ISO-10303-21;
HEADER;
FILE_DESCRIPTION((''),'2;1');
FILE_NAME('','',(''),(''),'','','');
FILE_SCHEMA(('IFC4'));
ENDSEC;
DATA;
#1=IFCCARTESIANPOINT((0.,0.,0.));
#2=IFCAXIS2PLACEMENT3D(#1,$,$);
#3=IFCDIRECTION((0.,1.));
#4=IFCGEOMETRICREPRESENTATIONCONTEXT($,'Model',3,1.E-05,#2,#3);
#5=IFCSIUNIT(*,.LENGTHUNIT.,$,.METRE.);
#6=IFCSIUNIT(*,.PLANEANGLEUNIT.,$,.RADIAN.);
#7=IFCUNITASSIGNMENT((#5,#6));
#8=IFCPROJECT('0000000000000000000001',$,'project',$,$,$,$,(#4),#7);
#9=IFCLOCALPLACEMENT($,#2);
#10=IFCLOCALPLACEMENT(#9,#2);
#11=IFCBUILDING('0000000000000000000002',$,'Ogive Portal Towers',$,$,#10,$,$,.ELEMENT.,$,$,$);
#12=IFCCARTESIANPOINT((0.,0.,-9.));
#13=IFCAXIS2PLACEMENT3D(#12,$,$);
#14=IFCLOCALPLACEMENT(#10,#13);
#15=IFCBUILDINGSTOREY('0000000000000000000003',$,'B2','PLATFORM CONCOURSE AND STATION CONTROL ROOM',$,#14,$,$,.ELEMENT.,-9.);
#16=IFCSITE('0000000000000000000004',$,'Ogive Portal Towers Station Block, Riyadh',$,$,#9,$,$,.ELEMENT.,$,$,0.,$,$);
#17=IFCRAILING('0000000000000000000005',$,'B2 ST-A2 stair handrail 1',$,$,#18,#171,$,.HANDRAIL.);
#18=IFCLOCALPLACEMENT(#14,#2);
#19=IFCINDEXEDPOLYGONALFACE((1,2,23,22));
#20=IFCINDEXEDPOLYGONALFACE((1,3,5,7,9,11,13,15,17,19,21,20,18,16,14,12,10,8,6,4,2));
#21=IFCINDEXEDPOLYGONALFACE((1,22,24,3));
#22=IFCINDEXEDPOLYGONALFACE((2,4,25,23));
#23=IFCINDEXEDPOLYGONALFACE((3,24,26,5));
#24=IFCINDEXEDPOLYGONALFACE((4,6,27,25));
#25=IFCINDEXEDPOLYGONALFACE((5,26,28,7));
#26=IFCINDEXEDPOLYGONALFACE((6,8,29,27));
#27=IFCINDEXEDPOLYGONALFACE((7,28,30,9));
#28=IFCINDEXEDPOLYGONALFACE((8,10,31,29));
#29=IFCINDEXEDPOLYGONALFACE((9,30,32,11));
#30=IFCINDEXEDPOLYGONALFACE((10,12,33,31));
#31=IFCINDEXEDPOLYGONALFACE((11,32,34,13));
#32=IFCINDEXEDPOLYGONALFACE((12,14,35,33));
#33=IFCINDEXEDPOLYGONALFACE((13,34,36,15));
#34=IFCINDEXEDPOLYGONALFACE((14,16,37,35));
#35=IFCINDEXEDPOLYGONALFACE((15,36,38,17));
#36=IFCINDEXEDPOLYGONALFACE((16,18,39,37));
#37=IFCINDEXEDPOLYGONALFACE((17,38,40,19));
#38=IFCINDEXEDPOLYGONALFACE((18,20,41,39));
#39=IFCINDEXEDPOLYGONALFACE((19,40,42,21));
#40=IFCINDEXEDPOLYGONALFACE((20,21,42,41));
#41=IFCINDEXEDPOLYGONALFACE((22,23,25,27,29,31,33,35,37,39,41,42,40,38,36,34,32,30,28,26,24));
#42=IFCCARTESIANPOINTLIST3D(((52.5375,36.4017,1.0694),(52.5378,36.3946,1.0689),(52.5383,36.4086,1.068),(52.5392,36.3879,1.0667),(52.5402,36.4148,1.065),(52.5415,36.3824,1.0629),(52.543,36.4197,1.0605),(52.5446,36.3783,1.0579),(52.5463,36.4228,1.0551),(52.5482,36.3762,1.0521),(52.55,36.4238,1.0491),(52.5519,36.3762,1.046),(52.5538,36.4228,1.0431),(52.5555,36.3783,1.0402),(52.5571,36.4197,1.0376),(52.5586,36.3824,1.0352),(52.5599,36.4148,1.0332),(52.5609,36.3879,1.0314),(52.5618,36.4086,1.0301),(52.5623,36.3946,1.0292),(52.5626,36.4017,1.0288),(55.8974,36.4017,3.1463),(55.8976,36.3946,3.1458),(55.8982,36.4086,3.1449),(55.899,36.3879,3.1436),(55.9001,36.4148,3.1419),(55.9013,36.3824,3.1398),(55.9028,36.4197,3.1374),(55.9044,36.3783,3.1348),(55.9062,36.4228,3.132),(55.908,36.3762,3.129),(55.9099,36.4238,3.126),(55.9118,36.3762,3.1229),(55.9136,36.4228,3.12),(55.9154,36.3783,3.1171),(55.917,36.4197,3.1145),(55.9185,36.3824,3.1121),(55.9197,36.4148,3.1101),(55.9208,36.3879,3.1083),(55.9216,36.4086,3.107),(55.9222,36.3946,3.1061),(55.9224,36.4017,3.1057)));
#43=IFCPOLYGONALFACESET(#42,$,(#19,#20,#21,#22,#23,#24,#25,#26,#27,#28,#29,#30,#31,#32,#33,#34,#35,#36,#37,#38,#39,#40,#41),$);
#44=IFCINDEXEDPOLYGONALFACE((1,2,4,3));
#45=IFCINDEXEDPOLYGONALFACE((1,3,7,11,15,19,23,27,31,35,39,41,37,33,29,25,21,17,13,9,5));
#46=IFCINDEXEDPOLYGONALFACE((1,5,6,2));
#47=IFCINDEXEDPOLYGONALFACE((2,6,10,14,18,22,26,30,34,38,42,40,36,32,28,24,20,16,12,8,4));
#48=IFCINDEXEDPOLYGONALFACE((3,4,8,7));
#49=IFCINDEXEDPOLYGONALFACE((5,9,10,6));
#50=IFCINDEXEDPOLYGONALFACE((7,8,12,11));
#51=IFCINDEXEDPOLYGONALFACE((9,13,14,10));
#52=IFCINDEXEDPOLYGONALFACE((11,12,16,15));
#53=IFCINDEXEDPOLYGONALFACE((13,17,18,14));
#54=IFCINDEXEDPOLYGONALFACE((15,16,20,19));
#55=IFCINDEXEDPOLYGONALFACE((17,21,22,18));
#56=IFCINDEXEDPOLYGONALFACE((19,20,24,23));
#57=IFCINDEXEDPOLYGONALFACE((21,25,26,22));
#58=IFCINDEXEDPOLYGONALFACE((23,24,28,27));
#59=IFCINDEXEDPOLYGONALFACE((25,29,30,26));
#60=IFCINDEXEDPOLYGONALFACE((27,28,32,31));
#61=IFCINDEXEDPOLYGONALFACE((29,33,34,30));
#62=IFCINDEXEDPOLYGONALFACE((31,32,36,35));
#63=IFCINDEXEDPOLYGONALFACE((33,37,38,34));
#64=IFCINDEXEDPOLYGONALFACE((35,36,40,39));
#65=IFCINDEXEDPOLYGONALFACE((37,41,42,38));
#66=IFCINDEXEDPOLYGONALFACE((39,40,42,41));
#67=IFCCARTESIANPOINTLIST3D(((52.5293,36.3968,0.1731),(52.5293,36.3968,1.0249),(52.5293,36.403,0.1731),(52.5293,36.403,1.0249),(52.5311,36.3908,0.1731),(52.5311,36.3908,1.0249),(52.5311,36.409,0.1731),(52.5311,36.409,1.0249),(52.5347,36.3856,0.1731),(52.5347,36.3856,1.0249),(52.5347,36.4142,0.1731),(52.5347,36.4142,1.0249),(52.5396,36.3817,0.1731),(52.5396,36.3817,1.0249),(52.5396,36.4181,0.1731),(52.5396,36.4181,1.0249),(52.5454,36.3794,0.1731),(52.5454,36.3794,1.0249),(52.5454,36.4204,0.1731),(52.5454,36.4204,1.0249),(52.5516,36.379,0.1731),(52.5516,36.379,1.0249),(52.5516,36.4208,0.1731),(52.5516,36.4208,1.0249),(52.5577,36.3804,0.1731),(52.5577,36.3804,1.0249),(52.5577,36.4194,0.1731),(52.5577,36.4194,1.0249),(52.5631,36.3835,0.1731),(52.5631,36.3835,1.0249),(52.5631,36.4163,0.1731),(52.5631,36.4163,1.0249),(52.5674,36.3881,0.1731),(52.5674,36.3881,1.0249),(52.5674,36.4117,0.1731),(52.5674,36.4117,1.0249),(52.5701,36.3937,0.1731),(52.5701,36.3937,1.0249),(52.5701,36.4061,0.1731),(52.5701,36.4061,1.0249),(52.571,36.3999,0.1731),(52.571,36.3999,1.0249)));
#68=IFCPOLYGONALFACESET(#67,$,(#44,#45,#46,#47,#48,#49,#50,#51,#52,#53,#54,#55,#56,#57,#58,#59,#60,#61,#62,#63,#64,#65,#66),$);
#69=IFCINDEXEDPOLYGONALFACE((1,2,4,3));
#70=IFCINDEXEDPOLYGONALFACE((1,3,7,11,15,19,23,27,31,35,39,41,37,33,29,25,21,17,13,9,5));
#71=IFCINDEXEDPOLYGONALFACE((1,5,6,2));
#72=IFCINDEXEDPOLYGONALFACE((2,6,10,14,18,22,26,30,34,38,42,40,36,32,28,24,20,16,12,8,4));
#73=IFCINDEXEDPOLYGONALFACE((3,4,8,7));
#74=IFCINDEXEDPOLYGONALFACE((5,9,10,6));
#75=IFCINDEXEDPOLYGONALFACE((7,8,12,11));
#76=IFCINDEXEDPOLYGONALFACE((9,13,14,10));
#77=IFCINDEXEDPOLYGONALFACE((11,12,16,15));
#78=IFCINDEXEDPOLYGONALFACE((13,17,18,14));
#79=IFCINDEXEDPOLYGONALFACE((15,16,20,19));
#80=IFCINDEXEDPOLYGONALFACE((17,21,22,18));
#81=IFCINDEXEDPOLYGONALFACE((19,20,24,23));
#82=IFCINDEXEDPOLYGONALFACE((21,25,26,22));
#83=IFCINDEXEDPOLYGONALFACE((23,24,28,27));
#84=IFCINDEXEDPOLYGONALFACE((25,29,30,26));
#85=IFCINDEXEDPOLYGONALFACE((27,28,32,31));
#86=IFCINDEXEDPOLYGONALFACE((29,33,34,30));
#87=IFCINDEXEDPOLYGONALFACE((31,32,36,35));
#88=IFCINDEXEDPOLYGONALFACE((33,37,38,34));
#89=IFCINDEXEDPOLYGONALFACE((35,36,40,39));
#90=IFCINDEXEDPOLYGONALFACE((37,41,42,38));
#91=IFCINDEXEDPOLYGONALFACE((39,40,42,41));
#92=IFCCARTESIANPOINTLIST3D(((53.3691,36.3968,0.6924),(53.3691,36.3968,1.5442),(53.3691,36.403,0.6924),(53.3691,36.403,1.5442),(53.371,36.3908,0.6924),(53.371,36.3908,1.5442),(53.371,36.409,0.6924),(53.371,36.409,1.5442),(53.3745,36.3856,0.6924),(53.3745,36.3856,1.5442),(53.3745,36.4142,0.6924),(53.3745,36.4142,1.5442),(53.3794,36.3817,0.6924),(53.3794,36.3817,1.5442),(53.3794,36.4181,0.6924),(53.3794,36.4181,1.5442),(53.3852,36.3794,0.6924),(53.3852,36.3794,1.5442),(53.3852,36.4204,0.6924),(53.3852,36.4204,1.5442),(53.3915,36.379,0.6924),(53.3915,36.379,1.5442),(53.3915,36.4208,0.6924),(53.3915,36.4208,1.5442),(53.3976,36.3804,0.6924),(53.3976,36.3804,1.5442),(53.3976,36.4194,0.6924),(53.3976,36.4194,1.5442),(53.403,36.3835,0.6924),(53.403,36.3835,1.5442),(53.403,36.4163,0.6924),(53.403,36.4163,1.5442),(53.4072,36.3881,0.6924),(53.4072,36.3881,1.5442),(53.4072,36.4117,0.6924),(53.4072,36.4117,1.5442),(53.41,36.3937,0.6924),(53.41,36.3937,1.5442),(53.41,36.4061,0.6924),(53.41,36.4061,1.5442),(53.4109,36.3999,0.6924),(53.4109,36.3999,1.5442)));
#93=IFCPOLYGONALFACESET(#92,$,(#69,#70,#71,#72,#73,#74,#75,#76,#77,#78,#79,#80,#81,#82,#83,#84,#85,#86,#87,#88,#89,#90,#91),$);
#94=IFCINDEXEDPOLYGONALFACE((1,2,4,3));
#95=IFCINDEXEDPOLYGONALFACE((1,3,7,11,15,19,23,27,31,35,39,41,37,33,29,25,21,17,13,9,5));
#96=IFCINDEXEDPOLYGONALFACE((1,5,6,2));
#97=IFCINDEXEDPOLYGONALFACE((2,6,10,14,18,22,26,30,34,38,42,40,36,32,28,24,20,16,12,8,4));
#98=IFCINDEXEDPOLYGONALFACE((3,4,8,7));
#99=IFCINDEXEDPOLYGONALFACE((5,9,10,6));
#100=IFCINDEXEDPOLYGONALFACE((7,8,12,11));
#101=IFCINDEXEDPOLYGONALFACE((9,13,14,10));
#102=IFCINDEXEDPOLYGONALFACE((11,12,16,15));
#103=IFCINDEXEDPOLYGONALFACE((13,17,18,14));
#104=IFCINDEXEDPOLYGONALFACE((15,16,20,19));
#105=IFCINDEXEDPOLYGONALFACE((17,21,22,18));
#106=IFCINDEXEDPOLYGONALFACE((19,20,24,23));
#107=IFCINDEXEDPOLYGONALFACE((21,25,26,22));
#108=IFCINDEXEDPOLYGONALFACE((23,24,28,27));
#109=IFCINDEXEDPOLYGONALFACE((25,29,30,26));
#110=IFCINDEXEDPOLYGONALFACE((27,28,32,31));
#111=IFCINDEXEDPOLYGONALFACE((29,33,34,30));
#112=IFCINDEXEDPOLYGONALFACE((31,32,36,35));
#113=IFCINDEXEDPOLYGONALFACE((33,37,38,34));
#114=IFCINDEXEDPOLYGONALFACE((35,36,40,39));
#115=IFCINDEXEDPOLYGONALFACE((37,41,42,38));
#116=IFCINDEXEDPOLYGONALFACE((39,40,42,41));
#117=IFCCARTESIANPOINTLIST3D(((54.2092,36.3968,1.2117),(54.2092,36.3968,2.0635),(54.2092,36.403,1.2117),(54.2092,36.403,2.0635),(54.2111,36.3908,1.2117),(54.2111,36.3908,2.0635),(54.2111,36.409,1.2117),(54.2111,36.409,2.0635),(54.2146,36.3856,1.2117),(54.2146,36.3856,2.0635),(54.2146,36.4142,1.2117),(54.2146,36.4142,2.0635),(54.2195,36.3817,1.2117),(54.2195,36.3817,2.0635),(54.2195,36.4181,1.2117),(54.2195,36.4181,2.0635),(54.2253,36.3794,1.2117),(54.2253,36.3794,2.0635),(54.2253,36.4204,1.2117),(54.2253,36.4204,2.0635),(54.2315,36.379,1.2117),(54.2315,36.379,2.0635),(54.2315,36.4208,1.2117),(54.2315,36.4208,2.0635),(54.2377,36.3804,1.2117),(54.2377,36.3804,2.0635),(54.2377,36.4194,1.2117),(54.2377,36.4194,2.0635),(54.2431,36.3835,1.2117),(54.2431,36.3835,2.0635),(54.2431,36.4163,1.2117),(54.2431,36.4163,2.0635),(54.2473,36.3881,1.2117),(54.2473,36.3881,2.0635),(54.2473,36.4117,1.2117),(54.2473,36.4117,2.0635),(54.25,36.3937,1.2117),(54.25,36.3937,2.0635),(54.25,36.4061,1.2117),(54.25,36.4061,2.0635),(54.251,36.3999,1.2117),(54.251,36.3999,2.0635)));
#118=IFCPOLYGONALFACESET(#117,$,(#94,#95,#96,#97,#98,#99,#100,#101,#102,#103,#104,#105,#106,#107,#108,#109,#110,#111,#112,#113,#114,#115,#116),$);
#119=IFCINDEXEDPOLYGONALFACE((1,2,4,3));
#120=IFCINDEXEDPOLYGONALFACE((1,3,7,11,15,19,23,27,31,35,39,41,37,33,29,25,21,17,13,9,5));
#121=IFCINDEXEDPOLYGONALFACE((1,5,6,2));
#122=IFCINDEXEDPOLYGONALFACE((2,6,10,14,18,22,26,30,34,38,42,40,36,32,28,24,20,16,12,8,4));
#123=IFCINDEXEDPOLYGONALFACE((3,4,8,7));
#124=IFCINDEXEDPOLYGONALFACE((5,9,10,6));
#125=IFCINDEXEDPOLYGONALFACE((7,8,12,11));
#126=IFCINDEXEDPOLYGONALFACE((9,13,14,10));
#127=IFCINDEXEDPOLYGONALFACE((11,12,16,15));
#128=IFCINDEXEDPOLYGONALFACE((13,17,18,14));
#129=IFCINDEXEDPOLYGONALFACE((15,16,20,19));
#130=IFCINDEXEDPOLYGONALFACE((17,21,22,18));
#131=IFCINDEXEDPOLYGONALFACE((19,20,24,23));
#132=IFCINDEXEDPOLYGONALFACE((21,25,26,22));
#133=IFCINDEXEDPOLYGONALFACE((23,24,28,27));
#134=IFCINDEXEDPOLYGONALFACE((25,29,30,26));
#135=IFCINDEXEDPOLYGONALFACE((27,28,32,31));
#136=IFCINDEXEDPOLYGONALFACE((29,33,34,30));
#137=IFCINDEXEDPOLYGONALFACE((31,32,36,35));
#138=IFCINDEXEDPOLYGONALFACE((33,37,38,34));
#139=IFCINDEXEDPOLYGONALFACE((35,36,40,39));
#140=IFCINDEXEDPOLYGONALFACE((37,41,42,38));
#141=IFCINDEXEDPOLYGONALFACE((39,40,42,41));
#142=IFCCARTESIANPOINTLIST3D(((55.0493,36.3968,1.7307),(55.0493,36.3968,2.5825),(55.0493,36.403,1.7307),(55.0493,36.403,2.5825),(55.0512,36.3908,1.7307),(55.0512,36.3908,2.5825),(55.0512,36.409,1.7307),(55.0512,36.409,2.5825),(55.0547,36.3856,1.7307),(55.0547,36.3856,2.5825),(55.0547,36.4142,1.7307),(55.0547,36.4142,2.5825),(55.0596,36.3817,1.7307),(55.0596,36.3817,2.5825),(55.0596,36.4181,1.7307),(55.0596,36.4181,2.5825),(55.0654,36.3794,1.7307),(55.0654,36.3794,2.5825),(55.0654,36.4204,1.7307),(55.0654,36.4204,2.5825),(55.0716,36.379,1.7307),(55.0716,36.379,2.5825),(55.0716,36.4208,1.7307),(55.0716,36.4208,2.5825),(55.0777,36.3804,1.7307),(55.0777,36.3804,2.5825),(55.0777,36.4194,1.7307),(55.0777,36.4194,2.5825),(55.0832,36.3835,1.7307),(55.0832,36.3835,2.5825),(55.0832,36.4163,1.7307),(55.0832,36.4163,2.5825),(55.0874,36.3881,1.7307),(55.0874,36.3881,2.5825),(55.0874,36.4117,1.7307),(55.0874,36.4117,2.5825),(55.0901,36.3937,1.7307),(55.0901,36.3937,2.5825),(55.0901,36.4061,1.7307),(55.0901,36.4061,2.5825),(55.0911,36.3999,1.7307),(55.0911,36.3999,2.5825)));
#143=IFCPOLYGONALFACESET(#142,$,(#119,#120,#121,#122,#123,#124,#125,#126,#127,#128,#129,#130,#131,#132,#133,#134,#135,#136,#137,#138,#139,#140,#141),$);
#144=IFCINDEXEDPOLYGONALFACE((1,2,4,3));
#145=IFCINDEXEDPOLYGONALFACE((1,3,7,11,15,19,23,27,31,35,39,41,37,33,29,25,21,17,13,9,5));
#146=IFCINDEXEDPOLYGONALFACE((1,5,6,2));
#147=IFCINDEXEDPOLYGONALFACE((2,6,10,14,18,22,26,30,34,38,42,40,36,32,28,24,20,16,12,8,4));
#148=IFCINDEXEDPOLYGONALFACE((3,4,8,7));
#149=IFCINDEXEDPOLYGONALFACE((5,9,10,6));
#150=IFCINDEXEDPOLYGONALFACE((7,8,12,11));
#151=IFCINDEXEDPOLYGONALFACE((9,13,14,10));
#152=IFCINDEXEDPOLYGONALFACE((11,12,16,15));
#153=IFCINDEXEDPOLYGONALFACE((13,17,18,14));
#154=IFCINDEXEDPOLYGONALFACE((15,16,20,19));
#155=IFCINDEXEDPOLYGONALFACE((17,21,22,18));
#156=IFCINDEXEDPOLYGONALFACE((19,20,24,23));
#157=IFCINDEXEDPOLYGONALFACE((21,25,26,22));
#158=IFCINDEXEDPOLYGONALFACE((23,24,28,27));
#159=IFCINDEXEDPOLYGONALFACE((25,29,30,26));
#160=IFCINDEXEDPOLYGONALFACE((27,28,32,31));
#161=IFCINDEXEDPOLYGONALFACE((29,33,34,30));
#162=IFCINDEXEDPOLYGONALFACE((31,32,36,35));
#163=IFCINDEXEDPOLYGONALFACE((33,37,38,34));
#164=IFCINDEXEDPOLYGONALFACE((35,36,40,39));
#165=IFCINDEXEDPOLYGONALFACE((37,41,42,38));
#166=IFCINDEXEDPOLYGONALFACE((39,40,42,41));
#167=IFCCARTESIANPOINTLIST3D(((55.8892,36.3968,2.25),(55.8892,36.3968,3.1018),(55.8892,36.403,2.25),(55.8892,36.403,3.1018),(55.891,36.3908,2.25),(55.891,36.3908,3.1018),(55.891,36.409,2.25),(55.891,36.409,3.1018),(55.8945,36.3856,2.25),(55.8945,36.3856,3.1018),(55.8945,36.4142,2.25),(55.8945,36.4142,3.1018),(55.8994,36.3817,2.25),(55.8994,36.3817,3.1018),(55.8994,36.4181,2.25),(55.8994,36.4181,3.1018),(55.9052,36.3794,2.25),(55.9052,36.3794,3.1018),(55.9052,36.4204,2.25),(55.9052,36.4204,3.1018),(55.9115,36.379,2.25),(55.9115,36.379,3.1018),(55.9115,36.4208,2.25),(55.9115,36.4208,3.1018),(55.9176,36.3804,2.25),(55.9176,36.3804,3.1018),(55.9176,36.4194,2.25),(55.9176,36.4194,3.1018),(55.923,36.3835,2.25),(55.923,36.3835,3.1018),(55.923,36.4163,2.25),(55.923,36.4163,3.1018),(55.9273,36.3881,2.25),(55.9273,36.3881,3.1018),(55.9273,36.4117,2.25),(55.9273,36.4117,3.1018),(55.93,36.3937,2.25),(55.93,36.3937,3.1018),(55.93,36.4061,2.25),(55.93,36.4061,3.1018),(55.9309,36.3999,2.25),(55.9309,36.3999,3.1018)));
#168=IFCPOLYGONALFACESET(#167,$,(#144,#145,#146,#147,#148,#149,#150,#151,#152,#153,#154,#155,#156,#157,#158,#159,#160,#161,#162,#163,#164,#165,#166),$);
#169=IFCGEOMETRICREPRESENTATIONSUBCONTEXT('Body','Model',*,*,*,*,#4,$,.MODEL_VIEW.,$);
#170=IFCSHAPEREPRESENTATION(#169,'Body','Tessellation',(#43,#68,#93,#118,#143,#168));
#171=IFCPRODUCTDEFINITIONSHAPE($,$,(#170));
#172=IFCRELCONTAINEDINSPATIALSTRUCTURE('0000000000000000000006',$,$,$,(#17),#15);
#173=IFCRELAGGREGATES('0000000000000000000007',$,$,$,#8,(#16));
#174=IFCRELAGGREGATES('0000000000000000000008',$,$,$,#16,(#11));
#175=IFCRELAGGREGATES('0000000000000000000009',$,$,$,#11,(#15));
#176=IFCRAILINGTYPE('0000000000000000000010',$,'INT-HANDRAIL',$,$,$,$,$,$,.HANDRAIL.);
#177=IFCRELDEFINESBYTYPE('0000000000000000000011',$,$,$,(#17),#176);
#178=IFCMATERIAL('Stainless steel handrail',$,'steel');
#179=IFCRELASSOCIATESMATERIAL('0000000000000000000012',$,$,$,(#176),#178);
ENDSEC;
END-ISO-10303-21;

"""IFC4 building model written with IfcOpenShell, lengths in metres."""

from ifc_helpers import new_model, si_unit, direction, frame, origin, origin_2d, place, context, subcontext, project, spatial, circle, extrude, material, type_object, element, save


model = new_model("IFC4")

# Units and contexts
model_context = context("Model", 3, precision=1e-05, world=origin(), true_north=direction((0.0, 1.0)))
body_context = subcontext(model_context, "Body", "Model", "MODEL_VIEW")
ifc_project = project(units=[si_unit("LENGTHUNIT", "METRE"), si_unit("PLANEANGLEUNIT", "RADIAN")], contexts=[model_context])

# Site, building, storey
site_placement = place(None, origin())
site = spatial("IfcSite", under=ifc_project, at=site_placement, Name="Ogive Portal Towers Station Block, Riyadh", CompositionType="ELEMENT", RefElevation=0.0)
building_placement = place(site_placement, origin())
building = spatial("IfcBuilding", under=site, at=building_placement, Name="Ogive Portal Towers", CompositionType="ELEMENT")
storey_placement = place(building_placement, frame((0.0, 0.0, -9.0)))
storey = spatial("IfcBuildingStorey", under=building, at=storey_placement, Name="B2", Description="PLATFORM CONCOURSE AND STATION CONTROL ROOM", CompositionType="ELEMENT", Elevation=-9.0)

# Railing
ifc_material_1 = material(Name="Stainless steel handrail", Category="steel")
railing_type_1 = type_object("IfcRailingType", Name="INT-HANDRAIL", PredefinedType="HANDRAIL", material=ifc_material_1)
railing_1_placement = place(storey_placement, frame((52.55, 36.3999, 0.1731)))
element("IfcRailing", 1, at=railing_1_placement, inside=storey, type_object=railing_type_1, Name="B2 ST-A2 stair handrail 1", PredefinedType="HANDRAIL", context=body_context, shape_type="SweptSolid", body=[
    extrude(circle(Radius=0.0239, at=origin_2d()), frame((0.0, 0.0, 0.876), z_axis=(0.850606, 0.0, 0.525803), x_axis=(0.0, 1.0, 0.0)), (0.0, 0.0, 1.0), 3.95),
    extrude(circle(Radius=0.021, at=origin_2d()), origin(), (0.0, 0.0, 1.0), 0.8518),
    extrude(circle(Radius=0.021, at=origin_2d()), frame((0.8398, 0.0, 0.5193)), (0.0, 0.0, 1.0), 0.8518),
    extrude(circle(Radius=0.021, at=origin_2d()), frame((1.6799, 0.0, 1.0386)), (0.0, 0.0, 1.0), 0.8518),
    extrude(circle(Radius=0.021, at=origin_2d()), frame((2.52, 0.0, 1.5576)), (0.0, 0.0, 1.0), 0.8518),
    extrude(circle(Radius=0.021, at=origin_2d()), frame((3.3599, 0.0, 2.0769)), (0.0, 0.0, 1.0), 0.8518),
])

save(model, "model.ifc")
